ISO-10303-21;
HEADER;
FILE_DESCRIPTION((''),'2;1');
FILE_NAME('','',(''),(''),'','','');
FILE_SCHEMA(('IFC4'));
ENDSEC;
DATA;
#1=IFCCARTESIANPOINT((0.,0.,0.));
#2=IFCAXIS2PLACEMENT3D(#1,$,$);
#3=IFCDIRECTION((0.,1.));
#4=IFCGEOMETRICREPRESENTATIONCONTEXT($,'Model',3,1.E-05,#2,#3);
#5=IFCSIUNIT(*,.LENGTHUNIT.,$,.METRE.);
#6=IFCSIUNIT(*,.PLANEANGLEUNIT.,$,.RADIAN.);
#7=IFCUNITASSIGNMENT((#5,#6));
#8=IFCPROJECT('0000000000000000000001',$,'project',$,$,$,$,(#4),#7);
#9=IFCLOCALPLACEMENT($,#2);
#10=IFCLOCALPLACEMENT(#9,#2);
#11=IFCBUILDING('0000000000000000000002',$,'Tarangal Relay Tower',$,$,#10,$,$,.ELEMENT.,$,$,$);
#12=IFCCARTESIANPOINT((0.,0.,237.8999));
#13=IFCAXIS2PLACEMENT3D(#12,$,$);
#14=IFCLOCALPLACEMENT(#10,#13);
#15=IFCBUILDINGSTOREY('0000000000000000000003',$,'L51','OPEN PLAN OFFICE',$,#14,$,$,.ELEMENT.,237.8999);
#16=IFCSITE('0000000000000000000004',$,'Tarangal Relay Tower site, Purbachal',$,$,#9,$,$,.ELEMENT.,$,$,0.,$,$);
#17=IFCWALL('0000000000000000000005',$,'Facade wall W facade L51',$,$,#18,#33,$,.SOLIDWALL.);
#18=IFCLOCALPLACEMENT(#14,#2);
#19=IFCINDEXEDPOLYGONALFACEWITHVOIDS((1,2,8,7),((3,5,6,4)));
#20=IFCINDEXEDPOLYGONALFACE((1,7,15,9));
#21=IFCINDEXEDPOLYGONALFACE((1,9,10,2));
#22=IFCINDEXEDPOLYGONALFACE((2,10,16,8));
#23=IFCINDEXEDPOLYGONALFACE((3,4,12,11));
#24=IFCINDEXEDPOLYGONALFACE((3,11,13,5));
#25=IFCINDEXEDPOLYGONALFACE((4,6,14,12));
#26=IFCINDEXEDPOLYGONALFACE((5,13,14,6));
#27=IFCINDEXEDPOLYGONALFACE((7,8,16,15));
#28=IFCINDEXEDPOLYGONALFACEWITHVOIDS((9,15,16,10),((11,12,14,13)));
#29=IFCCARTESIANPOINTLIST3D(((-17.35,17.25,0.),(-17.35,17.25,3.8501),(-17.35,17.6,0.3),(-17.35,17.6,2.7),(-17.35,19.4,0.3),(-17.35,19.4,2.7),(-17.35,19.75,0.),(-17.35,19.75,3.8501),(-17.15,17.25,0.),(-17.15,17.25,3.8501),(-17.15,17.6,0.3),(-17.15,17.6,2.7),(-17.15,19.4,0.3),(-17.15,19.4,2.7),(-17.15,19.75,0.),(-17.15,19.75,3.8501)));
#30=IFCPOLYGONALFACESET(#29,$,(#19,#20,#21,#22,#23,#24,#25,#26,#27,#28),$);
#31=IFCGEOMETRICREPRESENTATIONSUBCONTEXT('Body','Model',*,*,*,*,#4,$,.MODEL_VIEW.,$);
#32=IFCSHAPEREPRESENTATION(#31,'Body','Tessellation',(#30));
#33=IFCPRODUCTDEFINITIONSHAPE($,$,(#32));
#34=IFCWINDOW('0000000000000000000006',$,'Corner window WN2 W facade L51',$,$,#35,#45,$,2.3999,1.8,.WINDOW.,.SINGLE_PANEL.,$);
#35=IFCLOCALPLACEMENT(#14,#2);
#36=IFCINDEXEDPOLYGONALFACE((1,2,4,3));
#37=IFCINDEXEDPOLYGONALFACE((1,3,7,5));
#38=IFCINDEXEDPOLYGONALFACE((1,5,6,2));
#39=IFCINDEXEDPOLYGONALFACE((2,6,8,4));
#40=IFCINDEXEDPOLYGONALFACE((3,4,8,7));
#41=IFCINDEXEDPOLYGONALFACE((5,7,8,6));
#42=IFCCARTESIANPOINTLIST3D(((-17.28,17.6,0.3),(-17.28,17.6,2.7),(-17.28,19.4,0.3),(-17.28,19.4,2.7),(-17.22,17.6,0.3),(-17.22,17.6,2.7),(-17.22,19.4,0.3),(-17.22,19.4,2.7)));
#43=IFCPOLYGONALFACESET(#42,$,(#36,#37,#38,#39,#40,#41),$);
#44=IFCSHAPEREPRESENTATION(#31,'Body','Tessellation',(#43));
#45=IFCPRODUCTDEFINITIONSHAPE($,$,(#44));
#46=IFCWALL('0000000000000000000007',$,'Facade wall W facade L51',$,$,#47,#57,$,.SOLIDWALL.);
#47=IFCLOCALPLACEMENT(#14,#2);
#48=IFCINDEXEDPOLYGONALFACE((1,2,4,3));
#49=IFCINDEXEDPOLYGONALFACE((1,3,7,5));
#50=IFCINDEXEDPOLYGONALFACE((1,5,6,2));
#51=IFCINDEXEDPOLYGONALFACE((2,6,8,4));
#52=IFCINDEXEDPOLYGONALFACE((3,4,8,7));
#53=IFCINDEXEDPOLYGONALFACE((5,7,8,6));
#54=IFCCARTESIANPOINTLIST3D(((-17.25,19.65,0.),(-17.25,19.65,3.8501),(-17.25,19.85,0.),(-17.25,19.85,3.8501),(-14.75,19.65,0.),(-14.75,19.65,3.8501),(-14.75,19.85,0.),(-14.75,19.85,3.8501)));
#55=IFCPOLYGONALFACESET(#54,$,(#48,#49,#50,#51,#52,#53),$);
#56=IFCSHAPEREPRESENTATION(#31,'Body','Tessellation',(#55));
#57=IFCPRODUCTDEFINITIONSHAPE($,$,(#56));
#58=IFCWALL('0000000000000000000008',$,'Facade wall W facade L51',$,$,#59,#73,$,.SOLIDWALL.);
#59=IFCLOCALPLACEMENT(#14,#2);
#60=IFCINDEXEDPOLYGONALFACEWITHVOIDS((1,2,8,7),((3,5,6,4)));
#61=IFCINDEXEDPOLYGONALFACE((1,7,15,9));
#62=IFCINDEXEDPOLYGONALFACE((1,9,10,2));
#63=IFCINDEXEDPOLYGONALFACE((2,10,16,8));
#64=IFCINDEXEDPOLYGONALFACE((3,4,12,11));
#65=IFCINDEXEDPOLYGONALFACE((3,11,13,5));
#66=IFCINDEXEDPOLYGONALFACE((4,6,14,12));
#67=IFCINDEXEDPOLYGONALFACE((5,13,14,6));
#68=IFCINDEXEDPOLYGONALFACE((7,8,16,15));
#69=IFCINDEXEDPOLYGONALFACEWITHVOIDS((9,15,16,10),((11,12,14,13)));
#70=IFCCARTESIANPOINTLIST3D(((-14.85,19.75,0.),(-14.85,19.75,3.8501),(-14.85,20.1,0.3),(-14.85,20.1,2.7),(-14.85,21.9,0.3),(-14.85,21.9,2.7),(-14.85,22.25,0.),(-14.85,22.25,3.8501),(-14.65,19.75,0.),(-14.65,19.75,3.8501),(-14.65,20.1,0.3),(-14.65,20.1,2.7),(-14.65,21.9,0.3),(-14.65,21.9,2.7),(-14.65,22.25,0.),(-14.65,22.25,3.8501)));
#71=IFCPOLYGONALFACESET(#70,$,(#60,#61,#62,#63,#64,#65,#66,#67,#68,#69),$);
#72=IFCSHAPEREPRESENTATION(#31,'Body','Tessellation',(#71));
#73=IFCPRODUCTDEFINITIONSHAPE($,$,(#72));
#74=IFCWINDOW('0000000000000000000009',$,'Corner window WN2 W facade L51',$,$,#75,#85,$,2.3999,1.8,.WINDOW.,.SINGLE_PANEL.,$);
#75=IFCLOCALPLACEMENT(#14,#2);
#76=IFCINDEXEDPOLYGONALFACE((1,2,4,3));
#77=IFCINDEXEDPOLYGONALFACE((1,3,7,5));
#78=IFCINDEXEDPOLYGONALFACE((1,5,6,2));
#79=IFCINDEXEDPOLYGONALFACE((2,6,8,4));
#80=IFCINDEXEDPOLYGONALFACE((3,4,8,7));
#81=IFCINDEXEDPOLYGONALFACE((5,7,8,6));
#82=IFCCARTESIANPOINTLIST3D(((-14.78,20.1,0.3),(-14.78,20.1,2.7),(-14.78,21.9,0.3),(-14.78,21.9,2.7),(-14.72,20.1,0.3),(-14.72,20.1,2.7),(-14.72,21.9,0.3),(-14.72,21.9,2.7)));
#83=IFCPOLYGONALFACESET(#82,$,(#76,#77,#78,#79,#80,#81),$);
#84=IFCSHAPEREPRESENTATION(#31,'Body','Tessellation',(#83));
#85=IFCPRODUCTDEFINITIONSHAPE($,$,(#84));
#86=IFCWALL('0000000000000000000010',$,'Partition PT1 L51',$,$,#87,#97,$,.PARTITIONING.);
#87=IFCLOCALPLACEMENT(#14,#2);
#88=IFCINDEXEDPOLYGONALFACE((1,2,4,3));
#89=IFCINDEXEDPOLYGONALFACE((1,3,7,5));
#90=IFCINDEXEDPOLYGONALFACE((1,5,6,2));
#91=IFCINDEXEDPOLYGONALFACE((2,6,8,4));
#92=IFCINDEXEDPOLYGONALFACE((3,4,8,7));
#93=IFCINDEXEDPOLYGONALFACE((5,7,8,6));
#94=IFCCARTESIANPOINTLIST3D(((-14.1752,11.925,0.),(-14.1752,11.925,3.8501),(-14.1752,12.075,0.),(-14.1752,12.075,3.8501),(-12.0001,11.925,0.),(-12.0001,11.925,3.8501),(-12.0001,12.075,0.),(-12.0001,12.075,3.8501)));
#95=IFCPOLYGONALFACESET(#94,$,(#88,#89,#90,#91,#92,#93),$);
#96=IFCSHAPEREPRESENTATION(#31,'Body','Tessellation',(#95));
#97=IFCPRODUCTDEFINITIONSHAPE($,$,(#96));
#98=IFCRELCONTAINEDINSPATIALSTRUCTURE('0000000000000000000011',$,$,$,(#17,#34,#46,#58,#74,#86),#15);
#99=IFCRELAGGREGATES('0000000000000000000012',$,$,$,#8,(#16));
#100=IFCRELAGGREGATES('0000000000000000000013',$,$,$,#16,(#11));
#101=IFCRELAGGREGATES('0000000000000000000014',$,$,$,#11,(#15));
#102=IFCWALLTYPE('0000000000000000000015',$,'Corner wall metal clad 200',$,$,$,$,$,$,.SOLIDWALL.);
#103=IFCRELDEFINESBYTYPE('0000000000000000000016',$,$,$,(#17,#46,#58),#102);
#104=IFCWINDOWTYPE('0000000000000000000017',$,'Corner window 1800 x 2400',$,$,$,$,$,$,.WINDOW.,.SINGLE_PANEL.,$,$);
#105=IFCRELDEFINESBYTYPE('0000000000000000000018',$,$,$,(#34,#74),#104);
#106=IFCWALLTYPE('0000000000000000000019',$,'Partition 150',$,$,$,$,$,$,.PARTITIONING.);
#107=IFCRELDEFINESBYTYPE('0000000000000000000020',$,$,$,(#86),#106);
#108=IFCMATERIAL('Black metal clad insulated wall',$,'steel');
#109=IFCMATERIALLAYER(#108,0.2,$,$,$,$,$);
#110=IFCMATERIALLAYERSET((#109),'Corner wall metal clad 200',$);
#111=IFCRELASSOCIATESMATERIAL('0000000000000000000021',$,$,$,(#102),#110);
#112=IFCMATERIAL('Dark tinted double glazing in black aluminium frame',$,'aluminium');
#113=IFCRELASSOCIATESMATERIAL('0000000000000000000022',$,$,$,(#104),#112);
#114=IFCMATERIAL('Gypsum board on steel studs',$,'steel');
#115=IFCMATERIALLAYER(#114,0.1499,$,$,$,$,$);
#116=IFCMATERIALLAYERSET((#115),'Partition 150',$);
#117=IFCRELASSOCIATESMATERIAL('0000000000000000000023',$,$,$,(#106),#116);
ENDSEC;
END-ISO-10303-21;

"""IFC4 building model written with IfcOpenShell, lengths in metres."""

from ifc_helpers import new_model, si_unit, direction, frame, frame_2d, origin, place, context, subcontext, project, spatial, rectangle, extrude, material, layer, layer_set, type_object, element, fill, save


model = new_model("IFC4")

# Units and contexts
model_context = context("Model", 3, precision=1e-05, world=origin(), true_north=direction((0.0, 1.0)))
body_context = subcontext(model_context, "Body", "Model", "MODEL_VIEW")
ifc_project = project(units=[si_unit("LENGTHUNIT", "METRE"), si_unit("PLANEANGLEUNIT", "RADIAN")], contexts=[model_context])

# Site, building, storey
site_placement = place(None, origin())
site = spatial("IfcSite", under=ifc_project, at=site_placement, Name="Tarangal Relay Tower site, Purbachal", CompositionType="ELEMENT", RefElevation=0.0)
building_placement = place(site_placement, origin())
building = spatial("IfcBuilding", under=site, at=building_placement, Name="Tarangal Relay Tower", CompositionType="ELEMENT")
storey_placement = place(building_placement, frame((0.0, 0.0, 237.8999)))
storey = spatial("IfcBuildingStorey", under=building, at=storey_placement, Name="L51", Description="OPEN PLAN OFFICE", CompositionType="ELEMENT", Elevation=237.8999)

# Shared definitions
ifc_material_1 = material(Name="Black metal clad insulated wall", Category="steel")
ifc_layer_1 = layer(ifc_material_1, 0.2)
ifc_layer_set_1 = layer_set([ifc_layer_1], Name="Corner wall metal clad 200")
wall_type_1 = type_object("IfcWallType", Name="Corner wall metal clad 200", PredefinedType="SOLIDWALL", material=ifc_layer_set_1)

# Shared definitions
ifc_material_2 = material(Name="Dark tinted double glazing in black aluminium frame", Category="aluminium")
window_type = type_object("IfcWindowType", Name="Corner window 1800 x 2400", PartitioningType="SINGLE_PANEL", PredefinedType="WINDOW", material=ifc_material_2)

# Wall, opening, window
wall_1_placement = place(storey_placement, frame((-17.25, 17.25, 0.0), z_axis=(0.0, 0.0, 1.0), x_axis=(0.0, 1.0, 0.0)))
wall_1 = element("IfcWall", 1, at=wall_1_placement, inside=storey, type_object=wall_type_1, Name="Facade wall W facade L51", PredefinedType="SOLIDWALL", context=body_context, shape_type="SweptSolid", body=[
    extrude(rectangle(XDim=2.5, YDim=0.2, at=frame_2d((1.25, 0.0))), origin(), (0.0, 0.0, 1.0), 3.8501),
])
opening_1_placement = place(wall_1_placement, frame((0.3501, 0.0, 0.3)))
opening_1 = element("IfcOpeningElement", 2, at=opening_1_placement, cuts=wall_1, PredefinedType="OPENING", context=body_context, shape_type="SweptSolid", body=[
    extrude(rectangle(XDim=1.8, YDim=2.3999, at=frame_2d((0.8999, 1.2))), frame((0.0, 0.1099, 0.0), z_axis=(0.0, -1.0, 0.0), x_axis=(1.0, 0.0, 0.0)), (0.0, 0.0, 1.0), 0.22),
])
window_1_placement = place(opening_1_placement, origin())
window_1 = element("IfcWindow", 3, at=window_1_placement, inside=storey, type_object=window_type, Name="Corner window WN2 W facade L51", OverallHeight=2.3999, OverallWidth=1.8, PartitioningType="SINGLE_PANEL", PredefinedType="WINDOW", context=body_context, shape_type="SweptSolid", body=[
    extrude(rectangle(XDim=1.8, YDim=2.3999, at=frame_2d((0.8999, 1.2))), frame((0.0, 0.03, 0.0), z_axis=(0.0, -1.0, 0.0), x_axis=(1.0, 0.0, 0.0)), (0.0, 0.0, 1.0), 0.0601),
])
fill(opening_1, window_1)

# Wall
wall_2_placement = place(storey_placement, frame((-17.25, 19.75, 0.0), z_axis=(0.0, 0.0, 1.0), x_axis=(1.0, 0.0, 0.0)))
element("IfcWall", 4, at=wall_2_placement, inside=storey, type_object=wall_type_1, Name="Facade wall W facade L51", PredefinedType="SOLIDWALL", context=body_context, shape_type="SweptSolid", body=[
    extrude(rectangle(XDim=2.5, YDim=0.2, at=frame_2d((1.25, 0.0))), origin(), (0.0, 0.0, 1.0), 3.8501),
])

# Wall, opening, window
wall_3_placement = place(storey_placement, frame((-14.75, 19.75, 0.0), z_axis=(0.0, 0.0, 1.0), x_axis=(0.0, 1.0, 0.0)))
wall_3 = element("IfcWall", 5, at=wall_3_placement, inside=storey, type_object=wall_type_1, Name="Facade wall W facade L51", PredefinedType="SOLIDWALL", context=body_context, shape_type="SweptSolid", body=[
    extrude(rectangle(XDim=2.5, YDim=0.2, at=frame_2d((1.25, 0.0))), origin(), (0.0, 0.0, 1.0), 3.8501),
])
opening_2_placement = place(wall_3_placement, frame((0.3501, 0.0, 0.3)))
opening_2 = element("IfcOpeningElement", 6, at=opening_2_placement, cuts=wall_3, PredefinedType="OPENING", context=body_context, shape_type="SweptSolid", body=[
    extrude(rectangle(XDim=1.8, YDim=2.3999, at=frame_2d((0.8999, 1.2))), frame((0.0, 0.1099, 0.0), z_axis=(0.0, -1.0, 0.0), x_axis=(1.0, 0.0, 0.0)), (0.0, 0.0, 1.0), 0.22),
])
window_2_placement = place(opening_2_placement, origin())
window_2 = element("IfcWindow", 7, at=window_2_placement, inside=storey, type_object=window_type, Name="Corner window WN2 W facade L51", OverallHeight=2.3999, OverallWidth=1.8, PartitioningType="SINGLE_PANEL", PredefinedType="WINDOW", context=body_context, shape_type="SweptSolid", body=[
    extrude(rectangle(XDim=1.8, YDim=2.3999, at=frame_2d((0.8999, 1.2))), frame((0.0, 0.03, 0.0), z_axis=(0.0, -1.0, 0.0), x_axis=(1.0, 0.0, 0.0)), (0.0, 0.0, 1.0), 0.0601),
])
fill(opening_2, window_2)

# Wall
ifc_material_3 = material(Name="Gypsum board on steel studs", Category="steel")
ifc_layer_2 = layer(ifc_material_3, 0.1499)
ifc_layer_set_2 = layer_set([ifc_layer_2], Name="Partition 150")
wall_type_2 = type_object("IfcWallType", Name="Partition 150", PredefinedType="PARTITIONING", material=ifc_layer_set_2)
wall_4_placement = place(storey_placement, frame((-14.175, 12.0, 0.0), z_axis=(0.0, 0.0, 1.0), x_axis=(1.0, 0.0, 0.0)))
element("IfcWall", 8, at=wall_4_placement, inside=storey, type_object=wall_type_2, Name="Partition PT1 L51", PredefinedType="PARTITIONING", context=body_context, shape_type="SweptSolid", body=[
    extrude(rectangle(XDim=2.175, YDim=0.1499, at=frame_2d((1.0874, 0.0))), origin(), (0.0, 0.0, 1.0), 3.8501),
])

save(model, "model.ifc")
